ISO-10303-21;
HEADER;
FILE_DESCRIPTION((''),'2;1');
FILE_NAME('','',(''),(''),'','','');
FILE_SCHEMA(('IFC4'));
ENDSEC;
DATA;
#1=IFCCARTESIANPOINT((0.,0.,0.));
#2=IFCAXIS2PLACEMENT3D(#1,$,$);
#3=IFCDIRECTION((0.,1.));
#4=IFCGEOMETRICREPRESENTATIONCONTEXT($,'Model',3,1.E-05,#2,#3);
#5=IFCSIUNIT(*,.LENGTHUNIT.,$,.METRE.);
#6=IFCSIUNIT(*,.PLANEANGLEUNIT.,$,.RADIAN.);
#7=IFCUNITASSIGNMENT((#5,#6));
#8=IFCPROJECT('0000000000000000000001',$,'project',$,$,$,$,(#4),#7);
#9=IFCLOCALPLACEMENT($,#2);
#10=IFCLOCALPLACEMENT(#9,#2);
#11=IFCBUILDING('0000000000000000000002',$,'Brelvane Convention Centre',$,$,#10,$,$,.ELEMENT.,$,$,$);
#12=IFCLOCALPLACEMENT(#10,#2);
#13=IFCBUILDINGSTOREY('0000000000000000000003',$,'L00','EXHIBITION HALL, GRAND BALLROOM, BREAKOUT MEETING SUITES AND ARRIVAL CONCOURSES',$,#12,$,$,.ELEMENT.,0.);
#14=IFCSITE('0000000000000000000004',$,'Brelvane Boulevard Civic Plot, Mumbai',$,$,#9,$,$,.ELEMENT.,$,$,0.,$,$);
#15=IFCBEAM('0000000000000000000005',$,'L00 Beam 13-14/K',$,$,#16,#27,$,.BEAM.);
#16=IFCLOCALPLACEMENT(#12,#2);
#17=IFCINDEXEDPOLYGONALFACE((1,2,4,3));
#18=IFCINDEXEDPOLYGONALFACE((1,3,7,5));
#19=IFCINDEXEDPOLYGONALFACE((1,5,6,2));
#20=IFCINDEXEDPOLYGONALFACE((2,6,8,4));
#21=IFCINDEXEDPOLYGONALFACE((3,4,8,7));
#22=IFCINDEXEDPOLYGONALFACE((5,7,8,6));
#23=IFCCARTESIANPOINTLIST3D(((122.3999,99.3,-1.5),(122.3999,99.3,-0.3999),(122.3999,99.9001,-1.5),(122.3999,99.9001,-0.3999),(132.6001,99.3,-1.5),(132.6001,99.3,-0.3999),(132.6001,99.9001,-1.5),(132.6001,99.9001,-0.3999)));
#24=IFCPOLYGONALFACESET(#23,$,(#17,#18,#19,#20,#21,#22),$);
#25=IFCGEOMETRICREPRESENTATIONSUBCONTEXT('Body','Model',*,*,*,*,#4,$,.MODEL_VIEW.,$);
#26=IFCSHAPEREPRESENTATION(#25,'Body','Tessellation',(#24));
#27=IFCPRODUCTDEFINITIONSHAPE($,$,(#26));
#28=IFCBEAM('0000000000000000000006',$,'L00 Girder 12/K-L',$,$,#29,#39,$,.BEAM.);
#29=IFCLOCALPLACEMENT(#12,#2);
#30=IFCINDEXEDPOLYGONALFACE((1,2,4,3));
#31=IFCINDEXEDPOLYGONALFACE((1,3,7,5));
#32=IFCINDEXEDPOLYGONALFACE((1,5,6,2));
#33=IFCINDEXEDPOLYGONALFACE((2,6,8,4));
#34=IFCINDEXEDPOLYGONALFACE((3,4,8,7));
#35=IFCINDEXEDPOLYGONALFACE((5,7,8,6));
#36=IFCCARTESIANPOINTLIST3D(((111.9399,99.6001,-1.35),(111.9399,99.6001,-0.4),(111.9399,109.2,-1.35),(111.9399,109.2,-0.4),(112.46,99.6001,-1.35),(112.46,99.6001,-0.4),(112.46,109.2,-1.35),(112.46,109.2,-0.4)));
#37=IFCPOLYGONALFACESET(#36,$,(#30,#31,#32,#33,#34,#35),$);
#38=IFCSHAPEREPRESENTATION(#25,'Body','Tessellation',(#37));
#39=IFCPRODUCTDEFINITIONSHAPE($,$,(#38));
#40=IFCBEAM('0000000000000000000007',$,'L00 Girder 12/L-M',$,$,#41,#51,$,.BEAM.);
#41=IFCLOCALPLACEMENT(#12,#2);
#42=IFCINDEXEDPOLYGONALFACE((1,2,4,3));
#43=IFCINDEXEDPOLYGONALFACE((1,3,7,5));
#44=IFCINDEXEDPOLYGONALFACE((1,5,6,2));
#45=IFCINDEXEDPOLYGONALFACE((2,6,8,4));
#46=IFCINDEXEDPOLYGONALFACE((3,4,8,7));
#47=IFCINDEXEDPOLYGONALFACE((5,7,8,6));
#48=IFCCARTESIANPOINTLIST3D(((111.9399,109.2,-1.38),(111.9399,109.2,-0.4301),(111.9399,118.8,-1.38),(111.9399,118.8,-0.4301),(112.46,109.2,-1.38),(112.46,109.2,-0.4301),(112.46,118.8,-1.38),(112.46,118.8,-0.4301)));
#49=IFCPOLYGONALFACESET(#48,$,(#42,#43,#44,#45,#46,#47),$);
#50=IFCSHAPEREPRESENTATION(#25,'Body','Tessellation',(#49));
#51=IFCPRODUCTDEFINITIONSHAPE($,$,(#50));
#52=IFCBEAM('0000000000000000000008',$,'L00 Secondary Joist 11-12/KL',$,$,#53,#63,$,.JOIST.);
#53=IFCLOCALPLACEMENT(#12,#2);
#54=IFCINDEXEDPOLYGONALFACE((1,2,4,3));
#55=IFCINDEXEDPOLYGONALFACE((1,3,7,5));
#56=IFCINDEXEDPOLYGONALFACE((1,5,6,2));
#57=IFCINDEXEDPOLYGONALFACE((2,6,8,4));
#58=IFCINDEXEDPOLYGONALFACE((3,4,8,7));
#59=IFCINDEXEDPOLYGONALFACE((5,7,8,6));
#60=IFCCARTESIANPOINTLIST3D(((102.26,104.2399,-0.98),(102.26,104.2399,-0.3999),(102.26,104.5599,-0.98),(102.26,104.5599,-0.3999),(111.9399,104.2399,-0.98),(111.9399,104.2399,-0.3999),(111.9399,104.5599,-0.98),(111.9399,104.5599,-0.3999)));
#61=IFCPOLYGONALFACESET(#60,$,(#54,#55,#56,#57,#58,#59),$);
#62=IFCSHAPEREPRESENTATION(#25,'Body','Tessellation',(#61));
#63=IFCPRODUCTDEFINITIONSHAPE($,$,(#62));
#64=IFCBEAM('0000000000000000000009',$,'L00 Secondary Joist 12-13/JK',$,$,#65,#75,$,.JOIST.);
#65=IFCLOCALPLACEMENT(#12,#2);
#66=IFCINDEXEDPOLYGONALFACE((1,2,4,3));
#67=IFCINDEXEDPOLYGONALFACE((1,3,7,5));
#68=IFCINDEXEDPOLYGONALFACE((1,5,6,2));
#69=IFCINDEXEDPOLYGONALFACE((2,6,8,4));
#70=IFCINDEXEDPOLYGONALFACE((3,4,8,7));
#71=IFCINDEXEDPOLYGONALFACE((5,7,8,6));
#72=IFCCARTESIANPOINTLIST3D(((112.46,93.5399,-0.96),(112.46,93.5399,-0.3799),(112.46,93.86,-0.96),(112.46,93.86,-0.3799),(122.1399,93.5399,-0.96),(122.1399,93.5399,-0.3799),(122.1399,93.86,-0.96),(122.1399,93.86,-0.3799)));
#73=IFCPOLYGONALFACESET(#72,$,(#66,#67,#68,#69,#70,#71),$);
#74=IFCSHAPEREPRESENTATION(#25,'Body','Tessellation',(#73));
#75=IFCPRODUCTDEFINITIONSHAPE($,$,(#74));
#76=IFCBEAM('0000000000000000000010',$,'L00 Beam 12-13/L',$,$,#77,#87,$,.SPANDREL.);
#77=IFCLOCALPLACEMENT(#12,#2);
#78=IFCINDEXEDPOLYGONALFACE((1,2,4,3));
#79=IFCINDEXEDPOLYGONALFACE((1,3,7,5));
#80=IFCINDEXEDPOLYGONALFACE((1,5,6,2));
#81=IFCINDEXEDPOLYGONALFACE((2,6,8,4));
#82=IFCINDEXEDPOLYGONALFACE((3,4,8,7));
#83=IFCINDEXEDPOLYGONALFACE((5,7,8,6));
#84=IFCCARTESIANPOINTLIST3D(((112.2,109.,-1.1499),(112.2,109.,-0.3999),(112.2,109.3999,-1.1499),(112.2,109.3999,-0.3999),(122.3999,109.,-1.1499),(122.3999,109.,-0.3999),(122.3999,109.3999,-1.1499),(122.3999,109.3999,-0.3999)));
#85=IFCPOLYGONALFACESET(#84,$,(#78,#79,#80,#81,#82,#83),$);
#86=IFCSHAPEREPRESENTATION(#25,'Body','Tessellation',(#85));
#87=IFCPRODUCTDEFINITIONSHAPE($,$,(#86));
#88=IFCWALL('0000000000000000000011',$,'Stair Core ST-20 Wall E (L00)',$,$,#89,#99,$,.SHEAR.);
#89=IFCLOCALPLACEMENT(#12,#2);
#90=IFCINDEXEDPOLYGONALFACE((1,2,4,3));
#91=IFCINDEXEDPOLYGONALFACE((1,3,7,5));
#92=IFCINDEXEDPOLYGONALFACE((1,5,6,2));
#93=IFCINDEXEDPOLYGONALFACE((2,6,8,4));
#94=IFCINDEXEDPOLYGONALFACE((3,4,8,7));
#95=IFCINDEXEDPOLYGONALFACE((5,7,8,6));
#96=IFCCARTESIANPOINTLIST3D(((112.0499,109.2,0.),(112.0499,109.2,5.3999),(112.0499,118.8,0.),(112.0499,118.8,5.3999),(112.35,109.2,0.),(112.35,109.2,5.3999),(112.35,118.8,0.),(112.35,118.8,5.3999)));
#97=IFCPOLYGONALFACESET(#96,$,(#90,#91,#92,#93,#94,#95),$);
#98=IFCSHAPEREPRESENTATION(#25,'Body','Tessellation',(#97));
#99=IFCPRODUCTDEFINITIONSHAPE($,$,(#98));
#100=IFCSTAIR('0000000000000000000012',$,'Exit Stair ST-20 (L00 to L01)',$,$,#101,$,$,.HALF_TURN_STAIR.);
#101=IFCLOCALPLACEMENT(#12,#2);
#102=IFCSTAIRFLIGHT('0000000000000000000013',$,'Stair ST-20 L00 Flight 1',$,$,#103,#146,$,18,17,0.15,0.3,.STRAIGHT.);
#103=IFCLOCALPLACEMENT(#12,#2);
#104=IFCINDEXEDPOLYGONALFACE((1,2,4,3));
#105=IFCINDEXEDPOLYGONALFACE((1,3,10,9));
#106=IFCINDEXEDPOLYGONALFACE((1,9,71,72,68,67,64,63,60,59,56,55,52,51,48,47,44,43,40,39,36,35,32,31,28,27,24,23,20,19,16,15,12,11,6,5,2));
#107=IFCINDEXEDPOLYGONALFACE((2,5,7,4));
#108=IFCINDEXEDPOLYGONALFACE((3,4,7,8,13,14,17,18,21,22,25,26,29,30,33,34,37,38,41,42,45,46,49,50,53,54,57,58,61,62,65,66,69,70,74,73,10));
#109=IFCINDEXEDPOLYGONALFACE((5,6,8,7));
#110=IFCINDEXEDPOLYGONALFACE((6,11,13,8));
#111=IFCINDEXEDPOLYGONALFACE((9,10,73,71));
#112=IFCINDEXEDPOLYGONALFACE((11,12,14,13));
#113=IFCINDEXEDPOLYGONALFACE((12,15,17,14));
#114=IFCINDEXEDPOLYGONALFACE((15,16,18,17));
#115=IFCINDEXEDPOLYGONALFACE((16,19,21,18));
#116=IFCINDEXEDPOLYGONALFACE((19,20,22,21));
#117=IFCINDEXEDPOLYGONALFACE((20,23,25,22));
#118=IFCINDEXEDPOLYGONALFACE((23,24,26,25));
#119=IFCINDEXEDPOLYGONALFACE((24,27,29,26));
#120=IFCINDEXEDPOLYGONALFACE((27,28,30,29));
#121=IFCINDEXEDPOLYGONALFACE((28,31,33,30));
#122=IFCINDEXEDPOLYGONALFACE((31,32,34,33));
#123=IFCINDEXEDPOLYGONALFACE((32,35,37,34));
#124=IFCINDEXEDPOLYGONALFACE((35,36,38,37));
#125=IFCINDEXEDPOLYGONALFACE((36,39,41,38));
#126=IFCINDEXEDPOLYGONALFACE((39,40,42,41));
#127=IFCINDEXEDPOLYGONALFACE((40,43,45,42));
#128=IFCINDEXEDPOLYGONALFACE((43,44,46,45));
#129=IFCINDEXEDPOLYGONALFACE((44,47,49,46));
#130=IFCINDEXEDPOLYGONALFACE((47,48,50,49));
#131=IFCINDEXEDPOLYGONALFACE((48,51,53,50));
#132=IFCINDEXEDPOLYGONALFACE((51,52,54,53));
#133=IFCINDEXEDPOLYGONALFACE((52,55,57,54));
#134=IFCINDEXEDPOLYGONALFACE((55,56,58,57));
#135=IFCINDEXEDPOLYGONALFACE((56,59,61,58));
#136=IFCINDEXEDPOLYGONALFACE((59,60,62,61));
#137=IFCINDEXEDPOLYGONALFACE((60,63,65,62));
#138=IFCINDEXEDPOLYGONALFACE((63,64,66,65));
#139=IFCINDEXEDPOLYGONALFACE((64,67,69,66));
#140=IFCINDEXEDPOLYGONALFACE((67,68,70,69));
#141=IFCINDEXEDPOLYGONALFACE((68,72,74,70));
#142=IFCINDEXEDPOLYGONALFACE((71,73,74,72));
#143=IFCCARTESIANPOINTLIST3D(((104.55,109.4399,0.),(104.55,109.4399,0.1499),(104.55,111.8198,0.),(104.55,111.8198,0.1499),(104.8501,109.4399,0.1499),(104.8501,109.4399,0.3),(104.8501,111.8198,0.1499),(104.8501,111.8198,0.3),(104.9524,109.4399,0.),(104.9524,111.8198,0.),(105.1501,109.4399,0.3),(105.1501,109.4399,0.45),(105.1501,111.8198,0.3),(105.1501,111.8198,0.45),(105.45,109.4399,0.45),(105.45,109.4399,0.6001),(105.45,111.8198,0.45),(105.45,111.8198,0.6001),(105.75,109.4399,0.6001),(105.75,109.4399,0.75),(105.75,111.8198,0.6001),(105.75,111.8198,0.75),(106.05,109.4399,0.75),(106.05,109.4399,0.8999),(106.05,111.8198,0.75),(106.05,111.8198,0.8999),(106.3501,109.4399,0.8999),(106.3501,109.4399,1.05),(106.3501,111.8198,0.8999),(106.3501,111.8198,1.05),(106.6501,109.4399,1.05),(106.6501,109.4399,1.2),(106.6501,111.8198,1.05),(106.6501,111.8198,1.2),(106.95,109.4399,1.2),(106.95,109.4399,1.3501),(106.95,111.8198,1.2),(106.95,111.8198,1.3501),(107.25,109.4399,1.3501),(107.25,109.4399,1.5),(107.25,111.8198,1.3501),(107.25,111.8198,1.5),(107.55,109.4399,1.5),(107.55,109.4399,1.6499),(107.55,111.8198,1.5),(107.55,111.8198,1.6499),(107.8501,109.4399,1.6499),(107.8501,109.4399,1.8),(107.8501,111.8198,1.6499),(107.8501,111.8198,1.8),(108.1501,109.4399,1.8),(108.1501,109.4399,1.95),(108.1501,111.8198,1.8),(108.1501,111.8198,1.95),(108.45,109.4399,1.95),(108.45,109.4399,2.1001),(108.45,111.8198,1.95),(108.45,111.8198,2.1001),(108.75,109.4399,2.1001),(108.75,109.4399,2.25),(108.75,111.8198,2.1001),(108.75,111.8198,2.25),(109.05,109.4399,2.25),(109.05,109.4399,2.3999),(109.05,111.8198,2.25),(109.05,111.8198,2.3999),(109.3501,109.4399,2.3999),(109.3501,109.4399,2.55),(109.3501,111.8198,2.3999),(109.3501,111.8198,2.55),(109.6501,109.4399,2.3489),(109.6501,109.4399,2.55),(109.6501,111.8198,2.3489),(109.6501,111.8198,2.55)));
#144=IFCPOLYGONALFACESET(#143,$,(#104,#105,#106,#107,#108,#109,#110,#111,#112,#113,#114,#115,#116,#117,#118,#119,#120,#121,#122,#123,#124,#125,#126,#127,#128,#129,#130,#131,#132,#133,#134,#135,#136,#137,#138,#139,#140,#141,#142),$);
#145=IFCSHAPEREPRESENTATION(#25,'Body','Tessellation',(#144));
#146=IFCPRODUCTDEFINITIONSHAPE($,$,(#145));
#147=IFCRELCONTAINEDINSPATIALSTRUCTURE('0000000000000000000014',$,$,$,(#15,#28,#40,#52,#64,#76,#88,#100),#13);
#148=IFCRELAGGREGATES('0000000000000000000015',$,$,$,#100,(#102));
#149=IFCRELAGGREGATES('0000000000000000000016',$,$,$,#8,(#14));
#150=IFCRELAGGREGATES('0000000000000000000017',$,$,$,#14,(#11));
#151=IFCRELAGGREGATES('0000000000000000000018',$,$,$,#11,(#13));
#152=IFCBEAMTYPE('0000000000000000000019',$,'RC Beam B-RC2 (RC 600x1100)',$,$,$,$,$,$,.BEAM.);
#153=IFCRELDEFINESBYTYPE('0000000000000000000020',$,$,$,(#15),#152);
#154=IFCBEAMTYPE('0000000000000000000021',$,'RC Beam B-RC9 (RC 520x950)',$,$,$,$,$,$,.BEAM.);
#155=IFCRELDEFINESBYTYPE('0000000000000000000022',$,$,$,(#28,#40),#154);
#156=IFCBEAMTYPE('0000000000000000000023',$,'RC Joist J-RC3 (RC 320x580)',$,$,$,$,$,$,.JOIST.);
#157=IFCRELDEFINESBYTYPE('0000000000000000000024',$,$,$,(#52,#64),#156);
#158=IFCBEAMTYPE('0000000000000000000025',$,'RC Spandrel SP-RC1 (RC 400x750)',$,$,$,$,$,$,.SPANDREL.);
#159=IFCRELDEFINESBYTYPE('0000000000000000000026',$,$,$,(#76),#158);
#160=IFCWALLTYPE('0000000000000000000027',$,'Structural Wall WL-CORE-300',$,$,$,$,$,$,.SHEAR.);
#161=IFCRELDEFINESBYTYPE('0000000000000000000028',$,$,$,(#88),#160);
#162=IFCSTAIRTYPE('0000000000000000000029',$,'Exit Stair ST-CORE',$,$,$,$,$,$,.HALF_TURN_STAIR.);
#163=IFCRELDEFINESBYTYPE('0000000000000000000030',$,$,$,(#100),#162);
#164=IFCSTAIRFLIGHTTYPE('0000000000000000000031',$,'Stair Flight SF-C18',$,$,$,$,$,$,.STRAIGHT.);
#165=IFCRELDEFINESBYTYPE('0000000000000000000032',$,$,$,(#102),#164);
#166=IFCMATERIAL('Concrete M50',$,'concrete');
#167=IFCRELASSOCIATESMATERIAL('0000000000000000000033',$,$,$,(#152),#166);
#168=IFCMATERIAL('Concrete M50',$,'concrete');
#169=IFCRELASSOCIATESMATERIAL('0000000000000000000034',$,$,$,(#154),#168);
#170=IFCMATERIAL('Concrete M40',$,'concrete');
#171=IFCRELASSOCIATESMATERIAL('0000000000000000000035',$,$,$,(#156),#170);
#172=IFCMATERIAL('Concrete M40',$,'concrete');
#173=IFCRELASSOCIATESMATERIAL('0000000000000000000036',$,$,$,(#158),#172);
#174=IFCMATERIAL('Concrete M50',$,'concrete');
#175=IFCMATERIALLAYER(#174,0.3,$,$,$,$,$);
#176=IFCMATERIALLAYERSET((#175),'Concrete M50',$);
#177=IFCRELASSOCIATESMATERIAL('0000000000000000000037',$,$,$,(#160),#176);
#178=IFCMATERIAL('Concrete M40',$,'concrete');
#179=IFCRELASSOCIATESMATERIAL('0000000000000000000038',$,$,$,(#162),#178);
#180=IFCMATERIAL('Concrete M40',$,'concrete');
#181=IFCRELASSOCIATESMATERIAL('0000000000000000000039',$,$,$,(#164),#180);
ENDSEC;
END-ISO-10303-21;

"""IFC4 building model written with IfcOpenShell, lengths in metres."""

from ifc_helpers import new_model, si_unit, direction, frame, frame_2d, origin, origin_2d, place, context, subcontext, project, spatial, polyline, rectangle, outline, extrude, material, layer, layer_set, material_profile, profile_set, type_object, element, aggregate, save


model = new_model("IFC4")

# Units and contexts
model_context = context("Model", 3, precision=1e-05, world=origin(), true_north=direction((0.0, 1.0)))
body_context = subcontext(model_context, "Body", "Model", "MODEL_VIEW")
ifc_project = project(units=[si_unit("LENGTHUNIT", "METRE"), si_unit("PLANEANGLEUNIT", "RADIAN")], contexts=[model_context])

# Site, building, storey
site_placement = place(None, origin())
site = spatial("IfcSite", under=ifc_project, at=site_placement, Name="Brelvane Boulevard Civic Plot, Mumbai", CompositionType="ELEMENT", RefElevation=0.0)
building_placement = place(site_placement, origin())
building = spatial("IfcBuilding", under=site, at=building_placement, Name="Brelvane Convention Centre", CompositionType="ELEMENT")
storey_placement = place(building_placement, origin())
storey = spatial("IfcBuildingStorey", under=building, at=storey_placement, Name="L00", Description="EXHIBITION HALL, GRAND BALLROOM, BREAKOUT MEETING SUITES AND ARRIVAL CONCOURSES", CompositionType="ELEMENT", Elevation=0.0)

# Beams
ifc_material_1 = material(Name="Concrete M50", Category="concrete")
ifc_material_profile_1 = material_profile(ifc_material_1, rectangle(XDim=0.6001, YDim=1.1001, at=origin_2d()), Name="RC 600x1100")
ifc_profile_set_1 = profile_set([ifc_material_profile_1], Name="Concrete M50")
beam_type_1 = type_object("IfcBeamType", Name="RC Beam B-RC2 (RC 600x1100)", PredefinedType="BEAM", material=ifc_profile_set_1)
beam_1_placement = place(storey_placement, frame((122.3999, 99.6001, -0.95), z_axis=(1.0, 0.0, 0.0), x_axis=(0.0, 1.0, 0.0)))
element("IfcBeam", 1, at=beam_1_placement, inside=storey, type_object=beam_type_1, Name="L00 Beam 13-14/K", PredefinedType="BEAM", context=body_context, shape_type="SweptSolid", body=[
    extrude(rectangle(XDim=0.6001, YDim=1.1001, at=origin_2d()), origin(), (0.0, 0.0, 1.0), 10.2002),
])
ifc_material_2 = material(Name="Concrete M50", Category="concrete")
ifc_material_profile_2 = material_profile(ifc_material_2, rectangle(XDim=0.52, YDim=0.95, at=origin_2d()), Name="RC 520x950")
ifc_profile_set_2 = profile_set([ifc_material_profile_2], Name="Concrete M50")
beam_type_2 = type_object("IfcBeamType", Name="RC Beam B-RC9 (RC 520x950)", PredefinedType="BEAM", material=ifc_profile_set_2)
beam_2_placement = place(storey_placement, frame((112.2, 99.6001, -0.875), z_axis=(0.0, 1.0, 0.0), x_axis=(-1.0, 0.0, 0.0)))
element("IfcBeam", 2, at=beam_2_placement, inside=storey, type_object=beam_type_2, Name="L00 Girder 12/K-L", PredefinedType="BEAM", context=body_context, shape_type="SweptSolid", body=[
    extrude(rectangle(XDim=0.52, YDim=0.95, at=origin_2d()), origin(), (0.0, 0.0, 1.0), 9.5999),
])
beam_3_placement = place(storey_placement, frame((112.2, 109.2, -0.905), z_axis=(0.0, 1.0, 0.0), x_axis=(-1.0, 0.0, 0.0)))
element("IfcBeam", 3, at=beam_3_placement, inside=storey, type_object=beam_type_2, Name="L00 Girder 12/L-M", PredefinedType="BEAM", context=body_context, shape_type="SweptSolid", body=[
    extrude(rectangle(XDim=0.52, YDim=0.95, at=origin_2d()), origin(), (0.0, 0.0, 1.0), 9.6001),
])
ifc_material_3 = material(Name="Concrete M40", Category="concrete")
ifc_material_profile_3 = material_profile(ifc_material_3, rectangle(XDim=0.3201, YDim=0.5801, at=origin_2d()), Name="RC 320x580")
ifc_profile_set_3 = profile_set([ifc_material_profile_3], Name="Concrete M40")
beam_type_3 = type_object("IfcBeamType", Name="RC Joist J-RC3 (RC 320x580)", PredefinedType="JOIST", material=ifc_profile_set_3)
for number, where, z_axis, x_axis, name in (
    (4, (102.26, 104.3999, -0.6899), (1.0, 0.0, 0.0), (0.0, 1.0, 0.0), "L00 Secondary Joist 11-12/KL"),
    (5, (112.46, 93.7, -0.6699), (1.0, 0.0, 0.0), (0.0, 1.0, 0.0), "L00 Secondary Joist 12-13/JK"),
):
    element("IfcBeam", number, at=place(storey_placement, frame(where, z_axis=z_axis, x_axis=x_axis)), inside=storey, type_object=beam_type_3, Name=name, PredefinedType="JOIST", context=body_context, shape_type="SweptSolid", body=[
        extrude(rectangle(XDim=0.3201, YDim=0.5801, at=origin_2d()), origin(), (0.0, 0.0, 1.0), 9.6799),
    ])
ifc_material_4 = material(Name="Concrete M40", Category="concrete")
ifc_material_profile_4 = material_profile(ifc_material_4, rectangle(XDim=0.3999, YDim=0.75, at=origin_2d()), Name="RC 400x750")
ifc_profile_set_4 = profile_set([ifc_material_profile_4], Name="Concrete M40")
beam_type_4 = type_object("IfcBeamType", Name="RC Spandrel SP-RC1 (RC 400x750)", PredefinedType="SPANDREL", material=ifc_profile_set_4)
beam_4_placement = place(storey_placement, frame((112.2, 109.2, -0.7749), z_axis=(1.0, 0.0, 0.0), x_axis=(0.0, 1.0, 0.0)))
element("IfcBeam", 6, at=beam_4_placement, inside=storey, type_object=beam_type_4, Name="L00 Beam 12-13/L", PredefinedType="SPANDREL", context=body_context, shape_type="SweptSolid", body=[
    extrude(rectangle(XDim=0.3999, YDim=0.75, at=origin_2d()), origin(), (0.0, 0.0, 1.0), 10.2),
])

# Wall
ifc_material_5 = material(Name="Concrete M50", Category="concrete")
ifc_layer_1 = layer(ifc_material_5, 0.3)
ifc_layer_set_1 = layer_set([ifc_layer_1], Name="Concrete M50")
wall_type_1 = type_object("IfcWallType", Name="Structural Wall WL-CORE-300", PredefinedType="SHEAR", material=ifc_layer_set_1)
wall_1_placement = place(storey_placement, frame((112.2, 109.2, 0.0), z_axis=(0.0, 0.0, 1.0), x_axis=(0.0, 1.0, 0.0)))
element("IfcWall", 7, at=wall_1_placement, inside=storey, type_object=wall_type_1, Name="Stair Core ST-20 Wall E (L00)", PredefinedType="SHEAR", context=body_context, shape_type="SweptSolid", body=[
    extrude(rectangle(XDim=9.6001, YDim=0.3, at=frame_2d((4.8, 0.0))), origin(), (0.0, 0.0, 1.0), 5.3999),
])

# Stair, stair flight
ifc_material_6 = material(Name="Concrete M40", Category="concrete")
stair_type = type_object("IfcStairType", Name="Exit Stair ST-CORE", PredefinedType="HALF_TURN_STAIR", material=ifc_material_6)
stair_placement = place(storey_placement, origin())
stair = element("IfcStair", 8, at=stair_placement, inside=storey, type_object=stair_type, Name="Exit Stair ST-20 (L00 to L01)", PredefinedType="HALF_TURN_STAIR")
ifc_material_7 = material(Name="Concrete M40", Category="concrete")
stair_flight_type = type_object("IfcStairFlightType", Name="Stair Flight SF-C18", PredefinedType="STRAIGHT", material=ifc_material_7)
stair_flight_placement = place(storey_placement, frame((104.55, 110.6299, 0.0), z_axis=(0.0, 0.0, 1.0), x_axis=(1.0, 0.0, 0.0)))
stair_flight = element("IfcStairFlight", 9, at=stair_flight_placement, type_object=stair_flight_type, Name="Stair ST-20 L00 Flight 1", NumberOfRisers=18, NumberOfTreads=17, PredefinedType="STRAIGHT", RiserHeight=0.15, TreadLength=0.3, context=body_context, shape_type="SweptSolid", body=[
    extrude(outline(polyline([(0.0, 0.0), (0.0, 0.1499), (0.3, 0.1499), (0.3, 0.3), (0.6001, 0.3), (0.6001, 0.45), (0.8999, 0.45), (0.8999, 0.6001), (1.2, 0.6001), (1.2, 0.75), (1.5, 0.75), (1.5, 0.8999), (1.8, 0.8999), (1.8, 1.05), (2.1001, 1.05), (2.1001, 1.2), (2.3999, 1.2), (2.3999, 1.3501), (2.7, 1.3501), (2.7, 1.5), (3.0, 1.5), (3.0, 1.6499), (3.3, 1.6499), (3.3, 1.8), (3.6001, 1.8), (3.6001, 1.95), (3.8999, 1.95), (3.8999, 2.1001), (4.2, 2.1001), (4.2, 2.25), (4.5, 2.25), (4.5, 2.3999), (4.8, 2.3999), (4.8, 2.55), (5.1001, 2.55), (5.1001, 2.7), (5.1001, 2.3489), (0.4023, 0.0), (0.0, 0.0)])), frame((0.0, 1.1899, 0.0), z_axis=(0.0, -1.0, 0.0), x_axis=(1.0, 0.0, 0.0)), (0.0, 0.0, 1.0), 2.3799),
])
aggregate(stair, [stair_flight])

save(model, "model.ifc")
